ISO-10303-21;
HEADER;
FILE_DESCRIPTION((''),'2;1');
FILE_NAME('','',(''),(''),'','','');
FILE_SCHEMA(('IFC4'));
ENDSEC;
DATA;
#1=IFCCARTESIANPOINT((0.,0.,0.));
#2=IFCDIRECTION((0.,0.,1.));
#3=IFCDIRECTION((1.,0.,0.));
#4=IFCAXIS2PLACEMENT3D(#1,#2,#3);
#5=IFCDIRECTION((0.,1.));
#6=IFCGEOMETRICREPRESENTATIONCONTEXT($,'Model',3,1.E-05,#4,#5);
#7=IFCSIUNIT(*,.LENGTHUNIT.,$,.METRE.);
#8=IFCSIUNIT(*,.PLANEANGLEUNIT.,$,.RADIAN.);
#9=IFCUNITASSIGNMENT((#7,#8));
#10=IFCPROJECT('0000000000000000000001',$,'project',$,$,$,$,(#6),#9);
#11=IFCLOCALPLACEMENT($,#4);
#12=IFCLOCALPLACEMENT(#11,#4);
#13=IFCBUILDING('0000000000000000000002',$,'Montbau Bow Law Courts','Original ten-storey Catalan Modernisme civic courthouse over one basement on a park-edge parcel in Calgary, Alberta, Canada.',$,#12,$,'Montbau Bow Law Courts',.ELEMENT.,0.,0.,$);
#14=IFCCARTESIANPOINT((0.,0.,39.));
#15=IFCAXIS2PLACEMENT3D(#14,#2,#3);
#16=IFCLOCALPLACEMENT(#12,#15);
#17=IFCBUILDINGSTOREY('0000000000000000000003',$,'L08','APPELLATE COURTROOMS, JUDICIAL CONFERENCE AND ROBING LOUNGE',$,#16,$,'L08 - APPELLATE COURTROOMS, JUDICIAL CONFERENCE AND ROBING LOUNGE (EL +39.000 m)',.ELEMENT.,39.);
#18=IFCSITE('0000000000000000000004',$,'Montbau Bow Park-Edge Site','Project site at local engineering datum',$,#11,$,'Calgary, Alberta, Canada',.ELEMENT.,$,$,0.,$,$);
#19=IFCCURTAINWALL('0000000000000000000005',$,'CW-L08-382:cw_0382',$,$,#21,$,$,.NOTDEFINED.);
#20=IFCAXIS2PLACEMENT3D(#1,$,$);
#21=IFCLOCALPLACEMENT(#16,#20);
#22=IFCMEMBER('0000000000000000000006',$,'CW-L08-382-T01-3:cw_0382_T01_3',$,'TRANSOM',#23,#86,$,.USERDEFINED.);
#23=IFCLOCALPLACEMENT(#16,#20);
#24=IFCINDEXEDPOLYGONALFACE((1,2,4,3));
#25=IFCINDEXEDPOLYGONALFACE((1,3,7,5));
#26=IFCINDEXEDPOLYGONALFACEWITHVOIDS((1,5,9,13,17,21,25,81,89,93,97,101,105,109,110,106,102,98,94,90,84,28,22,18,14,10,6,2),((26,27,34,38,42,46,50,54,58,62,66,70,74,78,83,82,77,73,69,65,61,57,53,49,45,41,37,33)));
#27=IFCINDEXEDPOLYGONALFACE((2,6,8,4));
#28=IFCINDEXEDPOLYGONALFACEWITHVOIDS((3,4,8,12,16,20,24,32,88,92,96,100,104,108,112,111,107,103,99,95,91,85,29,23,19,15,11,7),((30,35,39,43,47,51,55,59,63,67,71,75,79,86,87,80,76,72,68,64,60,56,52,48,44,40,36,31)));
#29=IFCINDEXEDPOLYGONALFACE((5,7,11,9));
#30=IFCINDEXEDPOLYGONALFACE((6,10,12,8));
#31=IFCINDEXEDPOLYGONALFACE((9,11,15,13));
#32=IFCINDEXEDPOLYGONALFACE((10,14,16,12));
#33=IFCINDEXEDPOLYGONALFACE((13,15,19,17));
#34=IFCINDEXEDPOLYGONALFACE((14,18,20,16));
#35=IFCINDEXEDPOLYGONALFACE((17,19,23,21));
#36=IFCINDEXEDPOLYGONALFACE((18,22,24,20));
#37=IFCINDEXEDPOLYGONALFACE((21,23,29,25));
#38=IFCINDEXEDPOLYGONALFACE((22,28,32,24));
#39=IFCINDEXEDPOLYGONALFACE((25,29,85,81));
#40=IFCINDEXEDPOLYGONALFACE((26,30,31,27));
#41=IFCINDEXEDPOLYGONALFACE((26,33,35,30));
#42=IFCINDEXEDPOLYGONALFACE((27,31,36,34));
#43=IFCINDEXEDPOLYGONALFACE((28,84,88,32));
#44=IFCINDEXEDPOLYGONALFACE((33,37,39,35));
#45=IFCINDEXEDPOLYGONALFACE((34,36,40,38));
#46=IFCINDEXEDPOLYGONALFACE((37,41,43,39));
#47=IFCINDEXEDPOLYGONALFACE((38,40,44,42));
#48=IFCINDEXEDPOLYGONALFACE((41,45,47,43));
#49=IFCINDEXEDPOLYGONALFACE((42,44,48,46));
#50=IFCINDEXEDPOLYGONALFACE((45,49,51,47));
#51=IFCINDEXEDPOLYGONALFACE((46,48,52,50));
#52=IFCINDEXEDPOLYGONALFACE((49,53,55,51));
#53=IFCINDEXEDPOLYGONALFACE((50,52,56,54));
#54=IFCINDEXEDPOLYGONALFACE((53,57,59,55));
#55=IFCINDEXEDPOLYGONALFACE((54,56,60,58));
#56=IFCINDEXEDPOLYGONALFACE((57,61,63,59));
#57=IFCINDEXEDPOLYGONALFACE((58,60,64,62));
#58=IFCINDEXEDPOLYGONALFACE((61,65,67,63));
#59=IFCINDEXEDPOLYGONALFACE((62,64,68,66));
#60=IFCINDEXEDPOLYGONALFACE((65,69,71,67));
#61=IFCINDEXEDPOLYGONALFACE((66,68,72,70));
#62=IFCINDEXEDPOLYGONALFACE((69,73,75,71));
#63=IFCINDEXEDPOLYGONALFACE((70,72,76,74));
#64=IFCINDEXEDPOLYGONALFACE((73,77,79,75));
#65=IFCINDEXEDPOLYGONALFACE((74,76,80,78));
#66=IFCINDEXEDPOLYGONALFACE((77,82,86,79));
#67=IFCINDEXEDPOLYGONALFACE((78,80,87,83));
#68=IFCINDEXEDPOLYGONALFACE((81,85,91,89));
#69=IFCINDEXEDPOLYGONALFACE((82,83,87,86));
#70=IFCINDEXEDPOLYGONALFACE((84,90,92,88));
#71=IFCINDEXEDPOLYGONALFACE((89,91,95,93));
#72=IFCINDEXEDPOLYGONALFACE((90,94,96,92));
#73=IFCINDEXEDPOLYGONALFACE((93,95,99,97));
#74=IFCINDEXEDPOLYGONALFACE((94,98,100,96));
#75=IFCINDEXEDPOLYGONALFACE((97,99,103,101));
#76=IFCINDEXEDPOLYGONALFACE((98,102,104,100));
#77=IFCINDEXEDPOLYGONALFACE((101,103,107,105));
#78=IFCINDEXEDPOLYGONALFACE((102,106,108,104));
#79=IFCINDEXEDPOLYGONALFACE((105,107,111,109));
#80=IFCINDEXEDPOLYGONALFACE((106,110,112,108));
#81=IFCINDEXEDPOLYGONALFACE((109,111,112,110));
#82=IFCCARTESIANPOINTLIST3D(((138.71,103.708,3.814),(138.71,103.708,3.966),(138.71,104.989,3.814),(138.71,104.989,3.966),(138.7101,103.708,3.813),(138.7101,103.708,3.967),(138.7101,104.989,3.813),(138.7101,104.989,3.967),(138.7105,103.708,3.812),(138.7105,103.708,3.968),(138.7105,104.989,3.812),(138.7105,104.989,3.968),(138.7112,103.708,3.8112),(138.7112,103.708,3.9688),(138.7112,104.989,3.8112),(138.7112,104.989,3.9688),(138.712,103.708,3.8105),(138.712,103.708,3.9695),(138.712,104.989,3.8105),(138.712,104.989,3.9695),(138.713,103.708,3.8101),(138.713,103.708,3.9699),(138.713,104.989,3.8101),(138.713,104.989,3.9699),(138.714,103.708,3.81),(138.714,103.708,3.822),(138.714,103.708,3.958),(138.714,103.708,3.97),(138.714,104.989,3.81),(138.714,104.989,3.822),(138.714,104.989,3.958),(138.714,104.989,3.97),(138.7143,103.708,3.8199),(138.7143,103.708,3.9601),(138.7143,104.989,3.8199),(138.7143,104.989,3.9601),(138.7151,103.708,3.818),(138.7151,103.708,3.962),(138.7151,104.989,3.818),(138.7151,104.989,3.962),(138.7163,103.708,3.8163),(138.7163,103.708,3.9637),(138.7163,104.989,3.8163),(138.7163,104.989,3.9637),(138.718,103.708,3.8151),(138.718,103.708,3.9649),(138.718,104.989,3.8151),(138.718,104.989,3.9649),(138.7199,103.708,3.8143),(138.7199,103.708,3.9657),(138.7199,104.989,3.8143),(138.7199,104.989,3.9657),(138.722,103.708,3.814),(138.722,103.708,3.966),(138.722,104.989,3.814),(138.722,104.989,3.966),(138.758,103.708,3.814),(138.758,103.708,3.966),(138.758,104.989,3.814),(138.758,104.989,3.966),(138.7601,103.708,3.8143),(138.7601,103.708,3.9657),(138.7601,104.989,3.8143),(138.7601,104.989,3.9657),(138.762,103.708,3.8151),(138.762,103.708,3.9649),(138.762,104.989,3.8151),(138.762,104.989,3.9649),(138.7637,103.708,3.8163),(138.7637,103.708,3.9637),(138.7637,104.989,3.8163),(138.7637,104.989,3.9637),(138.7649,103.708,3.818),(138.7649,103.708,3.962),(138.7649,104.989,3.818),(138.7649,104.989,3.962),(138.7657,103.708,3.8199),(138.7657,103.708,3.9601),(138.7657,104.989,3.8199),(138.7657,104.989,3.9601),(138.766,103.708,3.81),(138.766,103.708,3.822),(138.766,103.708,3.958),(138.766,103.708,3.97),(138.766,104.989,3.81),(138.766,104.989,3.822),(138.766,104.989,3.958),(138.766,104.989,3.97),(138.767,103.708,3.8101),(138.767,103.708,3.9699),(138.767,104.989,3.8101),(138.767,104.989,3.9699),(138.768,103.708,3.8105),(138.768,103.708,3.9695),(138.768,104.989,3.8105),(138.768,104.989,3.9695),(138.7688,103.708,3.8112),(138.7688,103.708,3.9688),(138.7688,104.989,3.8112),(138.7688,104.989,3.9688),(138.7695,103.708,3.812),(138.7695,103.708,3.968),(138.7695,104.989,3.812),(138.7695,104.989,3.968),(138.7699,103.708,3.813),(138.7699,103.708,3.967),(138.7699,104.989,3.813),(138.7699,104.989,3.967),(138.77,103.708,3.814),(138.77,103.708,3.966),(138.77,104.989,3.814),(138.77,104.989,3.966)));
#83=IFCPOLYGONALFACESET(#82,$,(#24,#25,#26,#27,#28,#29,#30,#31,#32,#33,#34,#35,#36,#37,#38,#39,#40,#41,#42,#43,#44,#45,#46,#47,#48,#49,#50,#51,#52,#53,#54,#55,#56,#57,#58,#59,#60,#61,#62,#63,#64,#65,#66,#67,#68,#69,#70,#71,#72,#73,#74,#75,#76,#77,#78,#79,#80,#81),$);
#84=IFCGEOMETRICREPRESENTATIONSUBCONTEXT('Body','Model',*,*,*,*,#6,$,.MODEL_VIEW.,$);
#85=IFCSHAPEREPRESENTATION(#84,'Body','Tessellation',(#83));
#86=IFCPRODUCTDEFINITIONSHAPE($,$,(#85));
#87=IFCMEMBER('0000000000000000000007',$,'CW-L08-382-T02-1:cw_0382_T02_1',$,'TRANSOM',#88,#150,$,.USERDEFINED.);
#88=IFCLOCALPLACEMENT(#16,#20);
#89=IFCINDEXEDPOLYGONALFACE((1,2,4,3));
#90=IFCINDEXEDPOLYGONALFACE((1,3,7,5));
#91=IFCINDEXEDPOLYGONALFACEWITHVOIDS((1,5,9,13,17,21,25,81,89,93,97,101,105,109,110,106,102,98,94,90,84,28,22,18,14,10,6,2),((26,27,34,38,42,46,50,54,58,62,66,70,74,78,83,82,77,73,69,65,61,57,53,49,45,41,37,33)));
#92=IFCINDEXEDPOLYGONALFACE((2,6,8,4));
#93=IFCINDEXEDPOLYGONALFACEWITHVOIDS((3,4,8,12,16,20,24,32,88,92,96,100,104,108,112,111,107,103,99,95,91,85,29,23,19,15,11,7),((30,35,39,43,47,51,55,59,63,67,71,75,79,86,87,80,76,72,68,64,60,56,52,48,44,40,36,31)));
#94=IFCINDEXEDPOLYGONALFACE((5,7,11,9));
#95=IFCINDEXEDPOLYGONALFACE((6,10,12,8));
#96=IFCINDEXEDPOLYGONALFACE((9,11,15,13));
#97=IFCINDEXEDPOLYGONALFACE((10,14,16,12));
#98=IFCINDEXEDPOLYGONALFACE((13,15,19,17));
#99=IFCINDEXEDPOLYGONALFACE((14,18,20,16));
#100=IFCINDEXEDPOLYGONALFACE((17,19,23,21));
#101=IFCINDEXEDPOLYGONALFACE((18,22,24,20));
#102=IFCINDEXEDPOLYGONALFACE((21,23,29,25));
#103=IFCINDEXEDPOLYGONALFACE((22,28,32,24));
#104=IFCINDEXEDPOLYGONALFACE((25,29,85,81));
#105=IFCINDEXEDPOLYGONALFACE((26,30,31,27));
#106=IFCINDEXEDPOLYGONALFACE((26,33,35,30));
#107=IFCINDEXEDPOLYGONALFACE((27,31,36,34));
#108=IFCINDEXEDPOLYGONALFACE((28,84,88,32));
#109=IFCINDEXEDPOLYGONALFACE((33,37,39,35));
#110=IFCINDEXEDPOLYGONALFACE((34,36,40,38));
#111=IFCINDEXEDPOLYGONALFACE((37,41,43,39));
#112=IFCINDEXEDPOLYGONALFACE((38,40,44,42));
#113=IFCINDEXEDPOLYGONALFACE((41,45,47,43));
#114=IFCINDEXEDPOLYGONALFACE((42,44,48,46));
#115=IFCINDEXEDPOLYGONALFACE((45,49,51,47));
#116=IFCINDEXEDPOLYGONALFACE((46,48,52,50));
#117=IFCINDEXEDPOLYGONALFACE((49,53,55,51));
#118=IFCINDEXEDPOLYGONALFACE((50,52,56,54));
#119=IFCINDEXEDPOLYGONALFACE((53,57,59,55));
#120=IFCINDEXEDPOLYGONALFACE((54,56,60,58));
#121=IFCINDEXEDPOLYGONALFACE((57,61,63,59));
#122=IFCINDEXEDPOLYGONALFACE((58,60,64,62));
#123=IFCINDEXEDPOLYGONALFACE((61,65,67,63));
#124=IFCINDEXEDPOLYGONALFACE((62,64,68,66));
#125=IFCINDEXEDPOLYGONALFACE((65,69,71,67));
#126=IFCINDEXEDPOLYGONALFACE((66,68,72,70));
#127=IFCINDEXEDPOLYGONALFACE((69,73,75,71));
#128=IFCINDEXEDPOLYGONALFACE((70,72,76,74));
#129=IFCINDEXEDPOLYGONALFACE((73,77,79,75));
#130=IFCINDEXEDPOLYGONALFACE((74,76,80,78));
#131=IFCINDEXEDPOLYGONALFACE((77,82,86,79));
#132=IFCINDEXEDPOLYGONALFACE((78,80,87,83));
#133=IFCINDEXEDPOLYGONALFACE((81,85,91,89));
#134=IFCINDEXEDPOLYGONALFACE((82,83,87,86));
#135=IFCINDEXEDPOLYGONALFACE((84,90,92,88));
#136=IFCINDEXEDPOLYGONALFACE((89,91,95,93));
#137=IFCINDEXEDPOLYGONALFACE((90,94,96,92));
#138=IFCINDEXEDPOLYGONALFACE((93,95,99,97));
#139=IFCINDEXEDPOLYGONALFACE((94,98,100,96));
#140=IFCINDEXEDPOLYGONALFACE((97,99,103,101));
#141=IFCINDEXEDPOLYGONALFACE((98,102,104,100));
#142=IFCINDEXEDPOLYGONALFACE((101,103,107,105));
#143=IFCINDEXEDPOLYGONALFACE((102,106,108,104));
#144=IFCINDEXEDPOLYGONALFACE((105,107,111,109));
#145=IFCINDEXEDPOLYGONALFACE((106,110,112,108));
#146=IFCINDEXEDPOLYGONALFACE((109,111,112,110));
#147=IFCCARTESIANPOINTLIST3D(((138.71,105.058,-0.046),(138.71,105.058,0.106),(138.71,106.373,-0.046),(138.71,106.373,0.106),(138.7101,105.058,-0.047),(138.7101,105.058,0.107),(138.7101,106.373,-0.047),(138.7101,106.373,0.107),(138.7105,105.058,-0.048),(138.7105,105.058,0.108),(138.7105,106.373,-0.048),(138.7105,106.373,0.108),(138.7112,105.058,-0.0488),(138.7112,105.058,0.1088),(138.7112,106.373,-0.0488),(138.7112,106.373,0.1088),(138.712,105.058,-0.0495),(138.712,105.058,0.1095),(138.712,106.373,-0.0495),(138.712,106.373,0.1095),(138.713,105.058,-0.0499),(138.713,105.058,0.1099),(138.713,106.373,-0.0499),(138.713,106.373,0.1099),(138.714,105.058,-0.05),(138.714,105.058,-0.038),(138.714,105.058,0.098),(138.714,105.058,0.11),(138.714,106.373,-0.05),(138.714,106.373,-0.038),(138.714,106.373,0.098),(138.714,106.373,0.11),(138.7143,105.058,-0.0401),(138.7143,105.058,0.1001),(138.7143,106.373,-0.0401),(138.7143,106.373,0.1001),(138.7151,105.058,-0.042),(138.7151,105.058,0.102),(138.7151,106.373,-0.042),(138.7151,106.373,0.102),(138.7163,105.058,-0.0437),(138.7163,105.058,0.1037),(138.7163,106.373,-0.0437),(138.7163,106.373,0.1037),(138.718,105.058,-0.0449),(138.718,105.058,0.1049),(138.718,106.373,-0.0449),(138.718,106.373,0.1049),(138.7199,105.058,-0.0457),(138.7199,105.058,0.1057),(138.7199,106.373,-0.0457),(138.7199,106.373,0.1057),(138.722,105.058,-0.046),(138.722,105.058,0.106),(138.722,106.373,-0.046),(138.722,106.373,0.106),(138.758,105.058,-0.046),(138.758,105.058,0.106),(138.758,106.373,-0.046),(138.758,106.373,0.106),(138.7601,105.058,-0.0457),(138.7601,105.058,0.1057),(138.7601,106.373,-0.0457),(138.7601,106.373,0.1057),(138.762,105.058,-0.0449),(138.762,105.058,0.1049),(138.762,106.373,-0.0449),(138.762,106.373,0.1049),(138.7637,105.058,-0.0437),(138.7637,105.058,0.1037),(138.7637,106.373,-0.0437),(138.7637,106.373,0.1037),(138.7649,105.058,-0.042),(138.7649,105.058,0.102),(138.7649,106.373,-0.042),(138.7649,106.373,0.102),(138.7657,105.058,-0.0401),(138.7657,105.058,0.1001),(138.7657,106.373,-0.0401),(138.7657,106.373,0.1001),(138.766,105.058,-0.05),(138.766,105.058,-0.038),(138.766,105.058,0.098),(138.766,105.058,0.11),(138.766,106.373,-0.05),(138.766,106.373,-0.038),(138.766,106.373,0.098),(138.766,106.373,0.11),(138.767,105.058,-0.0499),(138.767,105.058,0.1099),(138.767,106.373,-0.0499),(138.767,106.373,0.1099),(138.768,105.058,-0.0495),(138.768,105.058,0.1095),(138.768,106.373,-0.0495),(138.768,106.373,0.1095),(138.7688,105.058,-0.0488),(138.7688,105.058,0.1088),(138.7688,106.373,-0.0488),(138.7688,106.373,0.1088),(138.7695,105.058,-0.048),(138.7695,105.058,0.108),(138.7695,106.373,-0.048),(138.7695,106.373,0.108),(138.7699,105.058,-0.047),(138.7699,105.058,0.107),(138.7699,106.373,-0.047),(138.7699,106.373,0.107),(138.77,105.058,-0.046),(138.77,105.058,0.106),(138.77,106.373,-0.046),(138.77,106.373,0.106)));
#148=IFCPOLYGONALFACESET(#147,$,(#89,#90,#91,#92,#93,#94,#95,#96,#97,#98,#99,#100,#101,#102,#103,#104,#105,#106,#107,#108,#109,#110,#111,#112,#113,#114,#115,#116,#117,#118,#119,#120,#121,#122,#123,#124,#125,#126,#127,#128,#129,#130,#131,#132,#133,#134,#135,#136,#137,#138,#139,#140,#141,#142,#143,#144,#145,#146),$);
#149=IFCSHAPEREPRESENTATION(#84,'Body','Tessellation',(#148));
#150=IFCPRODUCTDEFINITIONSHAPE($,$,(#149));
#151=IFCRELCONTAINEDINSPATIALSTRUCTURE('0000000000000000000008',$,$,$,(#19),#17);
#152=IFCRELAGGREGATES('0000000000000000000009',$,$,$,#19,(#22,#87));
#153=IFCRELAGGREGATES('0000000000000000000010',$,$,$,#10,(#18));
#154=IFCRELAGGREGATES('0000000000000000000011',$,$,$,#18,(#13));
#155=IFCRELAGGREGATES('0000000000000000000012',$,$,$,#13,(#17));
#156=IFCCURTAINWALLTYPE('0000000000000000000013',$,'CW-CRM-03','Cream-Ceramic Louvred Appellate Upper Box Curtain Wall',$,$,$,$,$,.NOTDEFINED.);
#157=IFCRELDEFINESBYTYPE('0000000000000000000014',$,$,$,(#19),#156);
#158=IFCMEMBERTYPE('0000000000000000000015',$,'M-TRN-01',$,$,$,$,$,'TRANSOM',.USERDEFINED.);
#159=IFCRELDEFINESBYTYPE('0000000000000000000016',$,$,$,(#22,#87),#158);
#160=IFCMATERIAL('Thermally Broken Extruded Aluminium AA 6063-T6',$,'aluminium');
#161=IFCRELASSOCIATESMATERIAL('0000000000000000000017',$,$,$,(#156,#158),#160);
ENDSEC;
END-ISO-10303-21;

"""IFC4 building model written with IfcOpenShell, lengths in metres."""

from ifc_helpers import new_model, si_unit, direction, frame, origin_with_axes, origin_2d_with_axis, place, context, subcontext, project, spatial, hollow_rectangle, extrude, material, material_profile, profile_set, type_object, element, aggregate, save


model = new_model("IFC4")

# Units and contexts
model_context = context("Model", 3, precision=1e-05, world=origin_with_axes(), true_north=direction((0.0, 1.0)))
body_context = subcontext(model_context, "Body", "Model", "MODEL_VIEW")
ifc_project = project(units=[si_unit("LENGTHUNIT", "METRE"), si_unit("PLANEANGLEUNIT", "RADIAN")], contexts=[model_context])

# Site, building, storey
site_placement = place(None, origin_with_axes())
site = spatial("IfcSite", under=ifc_project, at=site_placement, Name="Montbau Bow Park-Edge Site", Description="Project site at local engineering datum", LongName="Calgary, Alberta, Canada", CompositionType="ELEMENT", RefElevation=0.0)
building_placement = place(site_placement, origin_with_axes())
building = spatial("IfcBuilding", under=site, at=building_placement, Name="Montbau Bow Law Courts", Description="Original ten-storey Catalan Modernisme civic courthouse over one basement on a park-edge parcel in Calgary, Alberta, Canada.", LongName="Montbau Bow Law Courts", CompositionType="ELEMENT", ElevationOfRefHeight=0.0, ElevationOfTerrain=0.0)
storey_placement = place(building_placement, frame((0.0, 0.0, 39.0), z_axis=(0.0, 0.0, 1.0), x_axis=(1.0, 0.0, 0.0)))
storey = spatial("IfcBuildingStorey", under=building, at=storey_placement, Name="L08", Description="APPELLATE COURTROOMS, JUDICIAL CONFERENCE AND ROBING LOUNGE", LongName="L08 - APPELLATE COURTROOMS, JUDICIAL CONFERENCE AND ROBING LOUNGE (EL +39.000 m)", CompositionType="ELEMENT", Elevation=39.0)

# Shared definitions
ifc_material_1 = material(Name="Thermally Broken Extruded Aluminium AA 6063-T6", Category="aluminium")
curtain_wall_type = type_object("IfcCurtainWallType", Name="CW-CRM-03", Description="Cream-Ceramic Louvred Appellate Upper Box Curtain Wall", PredefinedType="NOTDEFINED", material=ifc_material_1)

# Curtain wall, members
curtain_wall_1_placement = place(None, frame((138.74, 103.64, 39.0), z_axis=(0.0, 0.0, 1.0), x_axis=(1.0, 0.0, 0.0)))
curtain_wall_1 = element("IfcCurtainWall", 1, at=curtain_wall_1_placement, inside=storey, type_object=curtain_wall_type, Name="CW-L08-382:cw_0382", PredefinedType="NOTDEFINED")
ifc_material_profile_1 = material_profile(ifc_material_1, hollow_rectangle(XDim=0.06, YDim=0.16, WallThickness=0.004, InnerFilletRadius=0.008, OuterFilletRadius=0.004, at=origin_2d_with_axis()), Name="CWT-160X60", Category="Main", Priority=0)
ifc_profile_set_1 = profile_set([ifc_material_profile_1], Name="Thermally Broken Extruded Aluminium AA 6063-T6")
member_type_1 = type_object("IfcMemberType", Name="M-TRN-01", ElementType="TRANSOM", PredefinedType="USERDEFINED", material=ifc_profile_set_1)
member_1_placement = place(None, frame((138.74, 103.708, 42.89), z_axis=(0.0, 1.0, 0.0), x_axis=(-1.0, 0.0, 0.0)))
member_1 = element("IfcMember", 2, at=member_1_placement, type_object=member_type_1, Name="CW-L08-382-T01-3:cw_0382_T01_3", ObjectType="TRANSOM", PredefinedType="USERDEFINED", context=body_context, shape_type="SweptSolid", body=[
    extrude(hollow_rectangle(XDim=0.06, YDim=0.16, WallThickness=0.004, InnerFilletRadius=0.008, OuterFilletRadius=0.004, at=origin_2d_with_axis()), origin_with_axes(), (0.0, 0.0, 1.0), 1.281),
])
member_2_placement = place(None, frame((138.74, 105.058, 39.03), z_axis=(0.0, 1.0, 0.0), x_axis=(-1.0, 0.0, 0.0)))
member_2 = element("IfcMember", 3, at=member_2_placement, type_object=member_type_1, Name="CW-L08-382-T02-1:cw_0382_T02_1", ObjectType="TRANSOM", PredefinedType="USERDEFINED", context=body_context, shape_type="SweptSolid", body=[
    extrude(hollow_rectangle(XDim=0.06, YDim=0.16, WallThickness=0.004, InnerFilletRadius=0.008, OuterFilletRadius=0.004, at=origin_2d_with_axis()), origin_with_axes(), (0.0, 0.0, 1.0), 1.315),
])
aggregate(curtain_wall_1, [member_1, member_2])

save(model, "model.ifc")
